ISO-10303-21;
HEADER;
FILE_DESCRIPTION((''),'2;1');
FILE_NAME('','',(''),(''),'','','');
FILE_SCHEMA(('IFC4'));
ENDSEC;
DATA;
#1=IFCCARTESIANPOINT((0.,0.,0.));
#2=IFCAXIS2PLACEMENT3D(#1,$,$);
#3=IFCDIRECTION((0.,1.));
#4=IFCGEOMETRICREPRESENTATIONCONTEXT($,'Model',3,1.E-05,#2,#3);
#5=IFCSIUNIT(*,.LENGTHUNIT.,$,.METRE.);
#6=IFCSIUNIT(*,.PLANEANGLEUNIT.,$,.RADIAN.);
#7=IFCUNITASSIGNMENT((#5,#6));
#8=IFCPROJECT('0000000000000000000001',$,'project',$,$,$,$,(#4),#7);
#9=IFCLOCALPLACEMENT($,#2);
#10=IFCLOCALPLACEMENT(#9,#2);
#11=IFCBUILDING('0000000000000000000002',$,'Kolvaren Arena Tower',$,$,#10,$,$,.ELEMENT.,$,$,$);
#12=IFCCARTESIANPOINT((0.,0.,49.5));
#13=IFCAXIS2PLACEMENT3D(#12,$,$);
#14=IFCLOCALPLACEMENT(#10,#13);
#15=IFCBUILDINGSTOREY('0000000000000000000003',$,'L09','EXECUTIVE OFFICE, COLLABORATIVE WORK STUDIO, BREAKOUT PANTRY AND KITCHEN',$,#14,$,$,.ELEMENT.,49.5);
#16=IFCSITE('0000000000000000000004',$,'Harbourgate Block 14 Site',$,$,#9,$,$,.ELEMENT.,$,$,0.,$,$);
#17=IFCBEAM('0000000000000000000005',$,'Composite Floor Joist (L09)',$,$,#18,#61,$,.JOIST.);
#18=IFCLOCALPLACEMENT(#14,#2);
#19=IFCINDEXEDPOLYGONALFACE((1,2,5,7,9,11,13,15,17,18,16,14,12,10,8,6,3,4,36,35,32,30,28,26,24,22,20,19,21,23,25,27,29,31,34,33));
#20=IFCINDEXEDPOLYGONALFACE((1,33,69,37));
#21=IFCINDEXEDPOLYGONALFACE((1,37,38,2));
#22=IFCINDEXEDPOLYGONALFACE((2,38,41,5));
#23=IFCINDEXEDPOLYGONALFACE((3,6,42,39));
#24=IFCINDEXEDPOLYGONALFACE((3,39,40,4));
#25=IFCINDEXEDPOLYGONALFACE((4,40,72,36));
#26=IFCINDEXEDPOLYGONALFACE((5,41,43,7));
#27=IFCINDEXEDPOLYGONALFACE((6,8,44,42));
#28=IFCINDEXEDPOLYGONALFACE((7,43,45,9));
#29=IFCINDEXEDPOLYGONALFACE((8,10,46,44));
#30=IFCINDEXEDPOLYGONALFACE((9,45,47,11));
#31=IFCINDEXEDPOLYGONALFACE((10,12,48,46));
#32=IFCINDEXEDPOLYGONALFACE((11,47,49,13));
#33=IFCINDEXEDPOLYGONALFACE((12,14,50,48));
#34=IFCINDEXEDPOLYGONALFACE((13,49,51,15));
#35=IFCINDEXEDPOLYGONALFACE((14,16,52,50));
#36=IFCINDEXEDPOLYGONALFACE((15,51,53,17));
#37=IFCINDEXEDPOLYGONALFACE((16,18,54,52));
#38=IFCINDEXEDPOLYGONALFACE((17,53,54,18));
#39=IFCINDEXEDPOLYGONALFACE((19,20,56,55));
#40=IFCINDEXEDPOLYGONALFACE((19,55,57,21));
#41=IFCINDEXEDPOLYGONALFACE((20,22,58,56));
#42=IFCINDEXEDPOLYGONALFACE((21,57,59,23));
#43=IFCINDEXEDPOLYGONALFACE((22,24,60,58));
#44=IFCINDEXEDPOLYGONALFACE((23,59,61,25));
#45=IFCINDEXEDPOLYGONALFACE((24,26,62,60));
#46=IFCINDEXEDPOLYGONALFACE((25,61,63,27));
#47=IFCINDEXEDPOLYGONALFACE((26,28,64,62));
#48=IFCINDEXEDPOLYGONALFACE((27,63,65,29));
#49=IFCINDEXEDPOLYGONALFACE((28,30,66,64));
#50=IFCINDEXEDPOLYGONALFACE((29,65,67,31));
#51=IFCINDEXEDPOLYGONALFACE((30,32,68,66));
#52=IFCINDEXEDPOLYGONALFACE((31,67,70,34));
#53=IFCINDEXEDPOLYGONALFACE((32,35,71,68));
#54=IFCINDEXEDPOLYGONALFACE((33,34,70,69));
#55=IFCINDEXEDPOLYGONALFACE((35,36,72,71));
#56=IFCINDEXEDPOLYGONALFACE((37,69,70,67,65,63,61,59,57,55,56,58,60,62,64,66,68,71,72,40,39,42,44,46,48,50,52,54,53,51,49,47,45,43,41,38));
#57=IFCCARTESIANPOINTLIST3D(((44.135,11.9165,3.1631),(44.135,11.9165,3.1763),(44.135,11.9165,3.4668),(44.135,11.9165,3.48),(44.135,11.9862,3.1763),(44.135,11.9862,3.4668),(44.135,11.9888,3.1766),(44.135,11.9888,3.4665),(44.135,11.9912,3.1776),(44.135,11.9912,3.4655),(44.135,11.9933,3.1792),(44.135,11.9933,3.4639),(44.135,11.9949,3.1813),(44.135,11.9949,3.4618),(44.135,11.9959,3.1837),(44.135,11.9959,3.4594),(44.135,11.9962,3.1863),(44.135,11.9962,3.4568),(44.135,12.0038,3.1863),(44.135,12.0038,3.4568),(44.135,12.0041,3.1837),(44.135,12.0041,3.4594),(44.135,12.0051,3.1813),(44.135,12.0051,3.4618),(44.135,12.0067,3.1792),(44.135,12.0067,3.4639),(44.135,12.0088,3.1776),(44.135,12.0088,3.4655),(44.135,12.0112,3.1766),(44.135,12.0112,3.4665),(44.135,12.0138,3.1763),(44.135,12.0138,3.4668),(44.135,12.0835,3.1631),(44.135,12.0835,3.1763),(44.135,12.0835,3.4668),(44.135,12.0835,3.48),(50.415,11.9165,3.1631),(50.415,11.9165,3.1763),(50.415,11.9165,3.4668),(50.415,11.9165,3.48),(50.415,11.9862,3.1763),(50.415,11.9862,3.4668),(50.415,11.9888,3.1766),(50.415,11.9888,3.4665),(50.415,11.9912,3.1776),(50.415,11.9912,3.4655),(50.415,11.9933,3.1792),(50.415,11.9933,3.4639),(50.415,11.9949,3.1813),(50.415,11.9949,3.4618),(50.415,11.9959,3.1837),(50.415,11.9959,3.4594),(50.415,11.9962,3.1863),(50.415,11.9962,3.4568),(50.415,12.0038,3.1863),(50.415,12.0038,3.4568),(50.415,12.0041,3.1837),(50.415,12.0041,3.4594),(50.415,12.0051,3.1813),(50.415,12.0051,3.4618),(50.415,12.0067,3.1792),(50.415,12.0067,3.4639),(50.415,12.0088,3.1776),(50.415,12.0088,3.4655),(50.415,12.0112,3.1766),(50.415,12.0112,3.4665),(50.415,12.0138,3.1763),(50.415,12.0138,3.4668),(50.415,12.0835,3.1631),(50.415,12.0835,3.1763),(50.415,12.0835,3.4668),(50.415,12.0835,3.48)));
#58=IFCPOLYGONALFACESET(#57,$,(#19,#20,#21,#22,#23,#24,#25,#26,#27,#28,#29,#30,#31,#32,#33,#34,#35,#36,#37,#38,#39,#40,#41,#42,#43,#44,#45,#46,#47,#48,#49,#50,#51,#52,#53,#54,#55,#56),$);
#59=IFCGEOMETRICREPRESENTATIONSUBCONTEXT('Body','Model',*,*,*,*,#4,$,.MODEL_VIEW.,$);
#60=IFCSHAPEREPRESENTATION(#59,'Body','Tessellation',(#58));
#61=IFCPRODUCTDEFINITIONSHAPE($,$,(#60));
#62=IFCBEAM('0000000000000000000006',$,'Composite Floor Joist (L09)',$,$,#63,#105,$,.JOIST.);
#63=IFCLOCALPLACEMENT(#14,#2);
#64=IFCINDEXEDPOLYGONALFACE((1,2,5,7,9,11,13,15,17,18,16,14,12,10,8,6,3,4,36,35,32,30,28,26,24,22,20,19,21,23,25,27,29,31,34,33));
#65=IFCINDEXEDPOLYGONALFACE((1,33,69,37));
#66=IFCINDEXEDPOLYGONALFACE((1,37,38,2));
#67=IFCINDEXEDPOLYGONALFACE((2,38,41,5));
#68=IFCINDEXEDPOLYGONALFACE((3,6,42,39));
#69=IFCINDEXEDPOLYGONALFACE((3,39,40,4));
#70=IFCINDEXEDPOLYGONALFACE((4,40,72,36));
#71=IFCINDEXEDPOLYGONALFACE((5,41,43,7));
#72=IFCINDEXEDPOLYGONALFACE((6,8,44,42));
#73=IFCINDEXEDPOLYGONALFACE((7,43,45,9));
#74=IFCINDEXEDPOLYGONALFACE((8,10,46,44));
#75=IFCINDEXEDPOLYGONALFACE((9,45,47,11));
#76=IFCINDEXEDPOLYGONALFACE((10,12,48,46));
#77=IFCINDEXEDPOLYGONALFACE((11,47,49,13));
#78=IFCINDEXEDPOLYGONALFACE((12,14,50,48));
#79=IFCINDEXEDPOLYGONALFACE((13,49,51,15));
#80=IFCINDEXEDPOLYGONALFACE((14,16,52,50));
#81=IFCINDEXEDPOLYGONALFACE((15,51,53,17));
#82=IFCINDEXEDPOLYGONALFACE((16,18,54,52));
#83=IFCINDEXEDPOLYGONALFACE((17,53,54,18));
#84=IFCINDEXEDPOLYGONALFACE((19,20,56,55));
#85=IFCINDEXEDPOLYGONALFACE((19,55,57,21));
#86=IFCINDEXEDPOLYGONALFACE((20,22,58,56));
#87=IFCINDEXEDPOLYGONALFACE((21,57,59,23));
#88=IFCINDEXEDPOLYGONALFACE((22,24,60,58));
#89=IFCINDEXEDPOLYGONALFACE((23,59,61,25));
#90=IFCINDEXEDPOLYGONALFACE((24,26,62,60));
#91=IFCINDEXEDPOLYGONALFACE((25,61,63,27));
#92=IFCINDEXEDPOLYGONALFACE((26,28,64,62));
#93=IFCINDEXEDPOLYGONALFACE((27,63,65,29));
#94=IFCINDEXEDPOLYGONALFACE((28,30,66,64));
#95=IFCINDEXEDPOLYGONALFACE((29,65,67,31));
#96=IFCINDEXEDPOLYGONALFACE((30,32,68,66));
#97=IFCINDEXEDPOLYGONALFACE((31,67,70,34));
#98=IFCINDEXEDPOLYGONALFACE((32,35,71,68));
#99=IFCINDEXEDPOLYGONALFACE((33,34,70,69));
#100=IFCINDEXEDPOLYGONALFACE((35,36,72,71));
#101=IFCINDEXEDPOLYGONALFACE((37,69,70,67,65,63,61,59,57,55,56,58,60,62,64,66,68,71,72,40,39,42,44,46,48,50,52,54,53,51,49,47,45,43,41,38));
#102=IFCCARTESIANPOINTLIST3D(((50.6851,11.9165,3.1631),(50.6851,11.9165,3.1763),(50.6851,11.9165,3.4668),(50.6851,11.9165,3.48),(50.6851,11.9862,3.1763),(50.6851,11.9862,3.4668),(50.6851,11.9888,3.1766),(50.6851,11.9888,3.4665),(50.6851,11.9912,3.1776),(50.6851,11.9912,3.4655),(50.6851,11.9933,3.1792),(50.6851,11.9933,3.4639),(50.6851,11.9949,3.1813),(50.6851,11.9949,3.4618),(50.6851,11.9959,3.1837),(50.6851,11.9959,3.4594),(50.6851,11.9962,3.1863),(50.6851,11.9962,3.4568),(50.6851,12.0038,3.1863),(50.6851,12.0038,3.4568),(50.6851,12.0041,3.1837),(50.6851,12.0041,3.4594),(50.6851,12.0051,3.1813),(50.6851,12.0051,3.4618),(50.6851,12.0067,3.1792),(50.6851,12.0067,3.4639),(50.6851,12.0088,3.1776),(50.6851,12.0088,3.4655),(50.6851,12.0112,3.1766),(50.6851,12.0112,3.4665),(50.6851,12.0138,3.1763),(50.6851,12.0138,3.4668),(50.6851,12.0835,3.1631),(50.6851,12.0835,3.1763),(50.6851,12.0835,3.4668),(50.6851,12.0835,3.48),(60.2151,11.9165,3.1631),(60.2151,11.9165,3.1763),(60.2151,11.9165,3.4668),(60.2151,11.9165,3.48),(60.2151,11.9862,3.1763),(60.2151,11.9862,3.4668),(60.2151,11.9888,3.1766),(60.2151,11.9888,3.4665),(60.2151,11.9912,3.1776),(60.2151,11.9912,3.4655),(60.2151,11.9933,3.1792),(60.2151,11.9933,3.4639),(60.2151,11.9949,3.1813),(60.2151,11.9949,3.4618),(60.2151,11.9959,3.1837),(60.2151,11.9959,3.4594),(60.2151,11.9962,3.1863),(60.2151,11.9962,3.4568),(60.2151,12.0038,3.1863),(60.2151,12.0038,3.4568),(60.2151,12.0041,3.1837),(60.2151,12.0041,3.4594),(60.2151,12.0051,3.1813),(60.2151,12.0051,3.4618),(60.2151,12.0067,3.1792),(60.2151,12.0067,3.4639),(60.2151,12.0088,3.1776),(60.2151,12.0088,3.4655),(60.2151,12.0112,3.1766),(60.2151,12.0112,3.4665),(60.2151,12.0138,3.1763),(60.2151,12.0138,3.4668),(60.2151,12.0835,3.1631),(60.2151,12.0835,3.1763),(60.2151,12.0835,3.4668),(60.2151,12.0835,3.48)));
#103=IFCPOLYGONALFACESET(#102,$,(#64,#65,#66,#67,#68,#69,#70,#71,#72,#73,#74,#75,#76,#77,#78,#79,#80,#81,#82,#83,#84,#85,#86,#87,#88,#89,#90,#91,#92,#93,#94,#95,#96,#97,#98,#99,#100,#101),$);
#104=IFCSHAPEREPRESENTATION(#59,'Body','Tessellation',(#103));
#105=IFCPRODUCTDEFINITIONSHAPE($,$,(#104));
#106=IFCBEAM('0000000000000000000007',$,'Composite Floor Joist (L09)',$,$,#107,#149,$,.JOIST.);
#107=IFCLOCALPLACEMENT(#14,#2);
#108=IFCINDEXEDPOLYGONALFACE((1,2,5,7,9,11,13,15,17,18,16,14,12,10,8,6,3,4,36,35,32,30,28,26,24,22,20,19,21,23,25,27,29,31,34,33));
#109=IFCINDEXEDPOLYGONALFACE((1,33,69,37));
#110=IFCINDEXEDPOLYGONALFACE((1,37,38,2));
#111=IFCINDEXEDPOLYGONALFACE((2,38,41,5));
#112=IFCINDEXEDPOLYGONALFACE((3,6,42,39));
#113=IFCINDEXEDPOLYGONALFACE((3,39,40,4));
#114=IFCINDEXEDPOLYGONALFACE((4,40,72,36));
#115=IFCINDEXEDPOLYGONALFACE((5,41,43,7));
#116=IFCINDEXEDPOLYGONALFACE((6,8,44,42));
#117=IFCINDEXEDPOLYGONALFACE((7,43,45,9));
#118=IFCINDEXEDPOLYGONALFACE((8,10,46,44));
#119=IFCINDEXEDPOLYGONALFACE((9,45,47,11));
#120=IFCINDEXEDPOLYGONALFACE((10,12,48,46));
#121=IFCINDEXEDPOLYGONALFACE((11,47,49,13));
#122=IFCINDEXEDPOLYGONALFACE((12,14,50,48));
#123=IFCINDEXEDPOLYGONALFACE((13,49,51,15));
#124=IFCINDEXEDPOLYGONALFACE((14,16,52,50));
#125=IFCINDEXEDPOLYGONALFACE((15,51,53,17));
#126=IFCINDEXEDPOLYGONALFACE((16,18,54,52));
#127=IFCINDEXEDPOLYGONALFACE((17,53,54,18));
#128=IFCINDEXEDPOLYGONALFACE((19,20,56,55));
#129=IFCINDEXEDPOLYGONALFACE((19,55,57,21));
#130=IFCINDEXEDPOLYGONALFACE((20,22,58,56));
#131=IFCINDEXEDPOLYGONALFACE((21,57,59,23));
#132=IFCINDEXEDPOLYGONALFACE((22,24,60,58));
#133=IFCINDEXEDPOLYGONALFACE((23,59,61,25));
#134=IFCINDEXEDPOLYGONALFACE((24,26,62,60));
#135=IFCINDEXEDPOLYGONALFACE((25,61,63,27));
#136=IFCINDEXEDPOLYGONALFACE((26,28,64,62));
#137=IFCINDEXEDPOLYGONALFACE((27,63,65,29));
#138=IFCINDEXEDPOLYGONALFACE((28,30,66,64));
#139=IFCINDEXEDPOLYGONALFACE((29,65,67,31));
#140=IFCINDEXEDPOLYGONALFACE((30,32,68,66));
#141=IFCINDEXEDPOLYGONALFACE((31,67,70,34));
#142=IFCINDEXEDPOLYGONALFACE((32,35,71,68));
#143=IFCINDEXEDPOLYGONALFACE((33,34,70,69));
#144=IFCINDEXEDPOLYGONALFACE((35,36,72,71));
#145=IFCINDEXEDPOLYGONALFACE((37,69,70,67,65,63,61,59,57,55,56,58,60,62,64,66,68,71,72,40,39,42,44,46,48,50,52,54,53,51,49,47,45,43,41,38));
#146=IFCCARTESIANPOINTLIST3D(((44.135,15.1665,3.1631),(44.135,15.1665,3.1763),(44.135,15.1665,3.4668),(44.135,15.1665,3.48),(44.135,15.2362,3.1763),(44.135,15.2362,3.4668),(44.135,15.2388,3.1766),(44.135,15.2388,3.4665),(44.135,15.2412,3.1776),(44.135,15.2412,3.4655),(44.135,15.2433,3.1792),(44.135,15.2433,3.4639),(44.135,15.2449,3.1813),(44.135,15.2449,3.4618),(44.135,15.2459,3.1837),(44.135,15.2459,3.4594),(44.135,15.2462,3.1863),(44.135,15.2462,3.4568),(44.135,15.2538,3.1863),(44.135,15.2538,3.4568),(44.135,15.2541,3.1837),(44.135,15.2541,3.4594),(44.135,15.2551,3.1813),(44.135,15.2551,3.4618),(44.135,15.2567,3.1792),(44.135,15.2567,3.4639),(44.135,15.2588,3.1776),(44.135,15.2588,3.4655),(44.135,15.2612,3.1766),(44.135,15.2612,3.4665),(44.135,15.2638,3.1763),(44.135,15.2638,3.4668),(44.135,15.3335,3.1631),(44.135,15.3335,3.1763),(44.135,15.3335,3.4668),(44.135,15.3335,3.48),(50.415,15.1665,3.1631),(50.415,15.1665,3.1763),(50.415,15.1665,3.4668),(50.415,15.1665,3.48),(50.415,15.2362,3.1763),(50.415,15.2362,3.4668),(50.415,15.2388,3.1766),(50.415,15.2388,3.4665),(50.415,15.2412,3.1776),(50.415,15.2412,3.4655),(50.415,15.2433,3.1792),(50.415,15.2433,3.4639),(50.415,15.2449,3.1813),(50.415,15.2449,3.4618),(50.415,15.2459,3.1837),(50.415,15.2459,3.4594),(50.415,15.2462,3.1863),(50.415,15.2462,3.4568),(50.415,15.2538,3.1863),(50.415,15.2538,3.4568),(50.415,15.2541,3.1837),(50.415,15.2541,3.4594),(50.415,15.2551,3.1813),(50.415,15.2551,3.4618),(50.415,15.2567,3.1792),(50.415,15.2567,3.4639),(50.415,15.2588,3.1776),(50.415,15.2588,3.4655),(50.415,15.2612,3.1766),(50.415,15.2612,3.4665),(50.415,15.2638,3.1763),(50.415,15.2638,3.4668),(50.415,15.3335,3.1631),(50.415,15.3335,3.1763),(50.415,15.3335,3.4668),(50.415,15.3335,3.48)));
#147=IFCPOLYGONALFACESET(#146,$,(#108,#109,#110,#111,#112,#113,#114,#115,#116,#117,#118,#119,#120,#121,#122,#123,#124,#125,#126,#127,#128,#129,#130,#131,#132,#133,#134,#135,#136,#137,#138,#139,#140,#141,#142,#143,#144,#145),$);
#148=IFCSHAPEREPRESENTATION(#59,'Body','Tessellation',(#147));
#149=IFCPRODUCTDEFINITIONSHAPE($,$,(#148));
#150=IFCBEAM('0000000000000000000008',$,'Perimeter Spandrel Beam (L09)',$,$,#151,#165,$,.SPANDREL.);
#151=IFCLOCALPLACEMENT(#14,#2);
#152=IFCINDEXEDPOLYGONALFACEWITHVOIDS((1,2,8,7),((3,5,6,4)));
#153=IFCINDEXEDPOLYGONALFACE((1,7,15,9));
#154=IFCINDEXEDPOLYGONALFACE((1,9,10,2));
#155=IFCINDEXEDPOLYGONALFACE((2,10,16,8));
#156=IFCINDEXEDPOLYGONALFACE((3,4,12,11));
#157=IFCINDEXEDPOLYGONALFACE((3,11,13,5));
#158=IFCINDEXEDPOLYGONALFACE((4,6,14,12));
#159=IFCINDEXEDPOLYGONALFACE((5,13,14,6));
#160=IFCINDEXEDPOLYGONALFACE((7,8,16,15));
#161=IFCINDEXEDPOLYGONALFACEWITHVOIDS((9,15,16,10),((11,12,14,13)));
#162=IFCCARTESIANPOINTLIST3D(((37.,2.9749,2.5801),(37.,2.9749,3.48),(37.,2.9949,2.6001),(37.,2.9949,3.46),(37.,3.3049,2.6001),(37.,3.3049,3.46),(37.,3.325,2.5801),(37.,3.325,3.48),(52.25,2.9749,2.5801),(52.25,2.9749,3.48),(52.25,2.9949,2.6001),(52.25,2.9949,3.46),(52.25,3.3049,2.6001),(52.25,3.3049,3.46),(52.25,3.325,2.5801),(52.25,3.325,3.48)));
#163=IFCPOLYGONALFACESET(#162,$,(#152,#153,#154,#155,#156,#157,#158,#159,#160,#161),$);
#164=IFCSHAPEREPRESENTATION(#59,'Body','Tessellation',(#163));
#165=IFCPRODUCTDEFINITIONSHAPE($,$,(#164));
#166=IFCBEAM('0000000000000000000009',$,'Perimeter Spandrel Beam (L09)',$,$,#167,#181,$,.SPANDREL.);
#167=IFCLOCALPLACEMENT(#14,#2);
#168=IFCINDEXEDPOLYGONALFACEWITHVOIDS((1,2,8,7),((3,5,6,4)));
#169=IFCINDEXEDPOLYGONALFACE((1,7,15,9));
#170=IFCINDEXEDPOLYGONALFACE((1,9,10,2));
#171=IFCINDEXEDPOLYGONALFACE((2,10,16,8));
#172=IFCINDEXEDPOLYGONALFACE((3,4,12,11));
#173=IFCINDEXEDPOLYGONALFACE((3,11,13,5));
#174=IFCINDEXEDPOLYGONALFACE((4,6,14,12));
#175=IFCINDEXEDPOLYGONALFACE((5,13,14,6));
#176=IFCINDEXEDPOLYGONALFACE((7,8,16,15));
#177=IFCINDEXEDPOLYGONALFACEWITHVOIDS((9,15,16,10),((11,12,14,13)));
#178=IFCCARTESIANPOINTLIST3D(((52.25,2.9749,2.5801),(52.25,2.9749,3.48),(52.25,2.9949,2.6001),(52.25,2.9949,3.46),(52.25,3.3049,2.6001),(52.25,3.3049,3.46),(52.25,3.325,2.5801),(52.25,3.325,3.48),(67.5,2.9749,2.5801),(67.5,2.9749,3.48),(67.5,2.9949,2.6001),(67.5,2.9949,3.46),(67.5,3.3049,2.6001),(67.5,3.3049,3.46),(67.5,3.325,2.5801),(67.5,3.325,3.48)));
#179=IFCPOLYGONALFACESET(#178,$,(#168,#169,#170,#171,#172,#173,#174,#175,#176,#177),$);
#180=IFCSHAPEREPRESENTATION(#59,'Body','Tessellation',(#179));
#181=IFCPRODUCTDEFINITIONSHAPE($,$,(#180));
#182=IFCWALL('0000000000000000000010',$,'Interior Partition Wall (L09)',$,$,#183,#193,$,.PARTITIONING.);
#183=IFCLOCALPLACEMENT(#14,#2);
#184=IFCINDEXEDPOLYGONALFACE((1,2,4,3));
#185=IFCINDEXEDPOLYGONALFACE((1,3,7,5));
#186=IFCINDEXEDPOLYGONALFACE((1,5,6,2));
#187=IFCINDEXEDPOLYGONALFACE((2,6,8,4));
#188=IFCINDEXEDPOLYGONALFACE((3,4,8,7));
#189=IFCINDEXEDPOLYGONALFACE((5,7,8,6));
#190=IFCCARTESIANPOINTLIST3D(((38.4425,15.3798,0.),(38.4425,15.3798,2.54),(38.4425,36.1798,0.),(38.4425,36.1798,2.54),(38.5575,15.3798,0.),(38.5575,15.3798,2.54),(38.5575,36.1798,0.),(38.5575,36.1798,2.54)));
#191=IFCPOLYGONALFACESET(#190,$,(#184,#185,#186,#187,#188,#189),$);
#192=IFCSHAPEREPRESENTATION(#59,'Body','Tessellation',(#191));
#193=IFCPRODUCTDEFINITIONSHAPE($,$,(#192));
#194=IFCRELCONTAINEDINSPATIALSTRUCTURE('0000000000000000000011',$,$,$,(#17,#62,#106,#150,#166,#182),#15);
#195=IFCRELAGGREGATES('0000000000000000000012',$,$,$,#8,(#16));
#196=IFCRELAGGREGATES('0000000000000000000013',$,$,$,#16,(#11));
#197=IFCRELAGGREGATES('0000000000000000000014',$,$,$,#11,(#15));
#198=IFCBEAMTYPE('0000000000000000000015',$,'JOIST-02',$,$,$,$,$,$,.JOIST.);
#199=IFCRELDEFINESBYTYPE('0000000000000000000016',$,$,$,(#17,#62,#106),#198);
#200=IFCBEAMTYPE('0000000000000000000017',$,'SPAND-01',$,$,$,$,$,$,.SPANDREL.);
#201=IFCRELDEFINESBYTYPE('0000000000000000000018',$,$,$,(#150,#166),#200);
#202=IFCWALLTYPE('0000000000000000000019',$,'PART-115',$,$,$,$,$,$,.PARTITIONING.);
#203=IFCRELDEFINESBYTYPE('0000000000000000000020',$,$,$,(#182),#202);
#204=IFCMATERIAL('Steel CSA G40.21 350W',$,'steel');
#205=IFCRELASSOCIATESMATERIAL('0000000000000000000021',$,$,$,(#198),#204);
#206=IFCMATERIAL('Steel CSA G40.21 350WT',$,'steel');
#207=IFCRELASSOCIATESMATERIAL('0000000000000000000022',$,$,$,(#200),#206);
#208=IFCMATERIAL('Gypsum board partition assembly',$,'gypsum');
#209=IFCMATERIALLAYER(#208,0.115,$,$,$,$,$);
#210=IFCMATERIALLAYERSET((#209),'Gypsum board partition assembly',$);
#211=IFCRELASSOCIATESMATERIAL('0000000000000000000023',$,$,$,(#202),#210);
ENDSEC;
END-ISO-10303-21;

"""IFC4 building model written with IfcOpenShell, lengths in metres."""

from ifc_helpers import new_model, si_unit, direction, frame, frame_2d, origin, origin_2d, place, context, subcontext, project, spatial, rectangle, hollow_rectangle, i_section, extrude, material, layer, layer_set, material_profile, profile_set, type_object, element, save


model = new_model("IFC4")

# Units and contexts
model_context = context("Model", 3, precision=1e-05, world=origin(), true_north=direction((0.0, 1.0)))
body_context = subcontext(model_context, "Body", "Model", "MODEL_VIEW")
ifc_project = project(units=[si_unit("LENGTHUNIT", "METRE"), si_unit("PLANEANGLEUNIT", "RADIAN")], contexts=[model_context])

# Site, building, storey
site_placement = place(None, origin())
site = spatial("IfcSite", under=ifc_project, at=site_placement, Name="Harbourgate Block 14 Site", CompositionType="ELEMENT", RefElevation=0.0)
building_placement = place(site_placement, origin())
building = spatial("IfcBuilding", under=site, at=building_placement, Name="Kolvaren Arena Tower", CompositionType="ELEMENT")
storey_placement = place(building_placement, frame((0.0, 0.0, 49.5)))
storey = spatial("IfcBuildingStorey", under=building, at=storey_placement, Name="L09", Description="EXECUTIVE OFFICE, COLLABORATIVE WORK STUDIO, BREAKOUT PANTRY AND KITCHEN", CompositionType="ELEMENT", Elevation=49.5)

# Beams
ifc_material_1 = material(Name="Steel CSA G40.21 350W", Category="steel")
ifc_material_profile_1 = material_profile(ifc_material_1, i_section(OverallWidth=0.167, OverallDepth=0.3169, WebThickness=0.0076, FlangeThickness=0.0132, FilletRadius=0.01, at=origin_2d()), Name="W310x52")
ifc_profile_set_1 = profile_set([ifc_material_profile_1], Name="Steel CSA G40.21 350W")
beam_type_1 = type_object("IfcBeamType", Name="JOIST-02", PredefinedType="JOIST", material=ifc_profile_set_1)
beam_1_placement = place(storey_placement, frame((44.135, 12.0, 3.3215), z_axis=(1.0, 0.0, 0.0), x_axis=(0.0, 1.0, 0.0)))
element("IfcBeam", 1, at=beam_1_placement, inside=storey, type_object=beam_type_1, Name="Composite Floor Joist (L09)", PredefinedType="JOIST", context=body_context, shape_type="SweptSolid", body=[
    extrude(i_section(OverallWidth=0.167, OverallDepth=0.3169, WebThickness=0.0076, FlangeThickness=0.0132, FilletRadius=0.01, at=origin_2d()), origin(), (0.0, 0.0, 1.0), 6.28),
])
beam_2_placement = place(storey_placement, frame((50.6851, 12.0, 3.3215), z_axis=(1.0, 0.0, 0.0), x_axis=(0.0, 1.0, 0.0)))
element("IfcBeam", 2, at=beam_2_placement, inside=storey, type_object=beam_type_1, Name="Composite Floor Joist (L09)", PredefinedType="JOIST", context=body_context, shape_type="SweptSolid", body=[
    extrude(i_section(OverallWidth=0.167, OverallDepth=0.3169, WebThickness=0.0076, FlangeThickness=0.0132, FilletRadius=0.01, at=origin_2d()), origin(), (0.0, 0.0, 1.0), 9.53),
])
beam_3_placement = place(storey_placement, frame((44.135, 15.25, 3.3215), z_axis=(1.0, 0.0, 0.0), x_axis=(0.0, 1.0, 0.0)))
element("IfcBeam", 3, at=beam_3_placement, inside=storey, type_object=beam_type_1, Name="Composite Floor Joist (L09)", PredefinedType="JOIST", context=body_context, shape_type="SweptSolid", body=[
    extrude(i_section(OverallWidth=0.167, OverallDepth=0.3169, WebThickness=0.0076, FlangeThickness=0.0132, FilletRadius=0.01, at=origin_2d()), origin(), (0.0, 0.0, 1.0), 6.28),
])
ifc_material_2 = material(Name="Steel CSA G40.21 350WT", Category="steel")
ifc_material_profile_2 = material_profile(ifc_material_2, hollow_rectangle(XDim=0.3501, YDim=0.8999, WallThickness=0.02, at=origin_2d()), Name="HSS 900x350x20")
ifc_profile_set_2 = profile_set([ifc_material_profile_2], Name="Steel CSA G40.21 350WT")
beam_type_2 = type_object("IfcBeamType", Name="SPAND-01", PredefinedType="SPANDREL", material=ifc_profile_set_2)
for number, where, z_axis, x_axis, name in (
    (4, (37.0, 3.1499, 3.03), (1.0, 0.0, 0.0), (0.0, 1.0, 0.0), "Perimeter Spandrel Beam (L09)"),
    (5, (52.25, 3.1499, 3.03), (1.0, 0.0, 0.0), (0.0, 1.0, 0.0), "Perimeter Spandrel Beam (L09)"),
):
    element("IfcBeam", number, at=place(storey_placement, frame(where, z_axis=z_axis, x_axis=x_axis)), inside=storey, type_object=beam_type_2, Name=name, PredefinedType="SPANDREL", context=body_context, shape_type="SweptSolid", body=[
        extrude(hollow_rectangle(XDim=0.3501, YDim=0.8999, WallThickness=0.02, at=origin_2d()), origin(), (0.0, 0.0, 1.0), 15.25),
    ])

# Wall
ifc_material_3 = material(Name="Gypsum board partition assembly", Category="gypsum")
ifc_layer_1 = layer(ifc_material_3, 0.115)
ifc_layer_set_1 = layer_set([ifc_layer_1], Name="Gypsum board partition assembly")
wall_type_1 = type_object("IfcWallType", Name="PART-115", PredefinedType="PARTITIONING", material=ifc_layer_set_1)
for number, where, z_axis, x_axis, name in (
    (6, (38.5, 15.3799, 0.0), (0.0, 0.0, 1.0), (0.0, 1.0, 0.0), "Interior Partition Wall (L09)"),
):
    element("IfcWall", number, at=place(storey_placement, frame(where, z_axis=z_axis, x_axis=x_axis)), inside=storey, type_object=wall_type_1, Name=name, PredefinedType="PARTITIONING", context=body_context, shape_type="SweptSolid", body=[
        extrude(rectangle(XDim=20.8, YDim=0.115, at=frame_2d((10.3999, 0.0))), origin(), (0.0, 0.0, 1.0), 2.54),
    ])

save(model, "model.ifc")
